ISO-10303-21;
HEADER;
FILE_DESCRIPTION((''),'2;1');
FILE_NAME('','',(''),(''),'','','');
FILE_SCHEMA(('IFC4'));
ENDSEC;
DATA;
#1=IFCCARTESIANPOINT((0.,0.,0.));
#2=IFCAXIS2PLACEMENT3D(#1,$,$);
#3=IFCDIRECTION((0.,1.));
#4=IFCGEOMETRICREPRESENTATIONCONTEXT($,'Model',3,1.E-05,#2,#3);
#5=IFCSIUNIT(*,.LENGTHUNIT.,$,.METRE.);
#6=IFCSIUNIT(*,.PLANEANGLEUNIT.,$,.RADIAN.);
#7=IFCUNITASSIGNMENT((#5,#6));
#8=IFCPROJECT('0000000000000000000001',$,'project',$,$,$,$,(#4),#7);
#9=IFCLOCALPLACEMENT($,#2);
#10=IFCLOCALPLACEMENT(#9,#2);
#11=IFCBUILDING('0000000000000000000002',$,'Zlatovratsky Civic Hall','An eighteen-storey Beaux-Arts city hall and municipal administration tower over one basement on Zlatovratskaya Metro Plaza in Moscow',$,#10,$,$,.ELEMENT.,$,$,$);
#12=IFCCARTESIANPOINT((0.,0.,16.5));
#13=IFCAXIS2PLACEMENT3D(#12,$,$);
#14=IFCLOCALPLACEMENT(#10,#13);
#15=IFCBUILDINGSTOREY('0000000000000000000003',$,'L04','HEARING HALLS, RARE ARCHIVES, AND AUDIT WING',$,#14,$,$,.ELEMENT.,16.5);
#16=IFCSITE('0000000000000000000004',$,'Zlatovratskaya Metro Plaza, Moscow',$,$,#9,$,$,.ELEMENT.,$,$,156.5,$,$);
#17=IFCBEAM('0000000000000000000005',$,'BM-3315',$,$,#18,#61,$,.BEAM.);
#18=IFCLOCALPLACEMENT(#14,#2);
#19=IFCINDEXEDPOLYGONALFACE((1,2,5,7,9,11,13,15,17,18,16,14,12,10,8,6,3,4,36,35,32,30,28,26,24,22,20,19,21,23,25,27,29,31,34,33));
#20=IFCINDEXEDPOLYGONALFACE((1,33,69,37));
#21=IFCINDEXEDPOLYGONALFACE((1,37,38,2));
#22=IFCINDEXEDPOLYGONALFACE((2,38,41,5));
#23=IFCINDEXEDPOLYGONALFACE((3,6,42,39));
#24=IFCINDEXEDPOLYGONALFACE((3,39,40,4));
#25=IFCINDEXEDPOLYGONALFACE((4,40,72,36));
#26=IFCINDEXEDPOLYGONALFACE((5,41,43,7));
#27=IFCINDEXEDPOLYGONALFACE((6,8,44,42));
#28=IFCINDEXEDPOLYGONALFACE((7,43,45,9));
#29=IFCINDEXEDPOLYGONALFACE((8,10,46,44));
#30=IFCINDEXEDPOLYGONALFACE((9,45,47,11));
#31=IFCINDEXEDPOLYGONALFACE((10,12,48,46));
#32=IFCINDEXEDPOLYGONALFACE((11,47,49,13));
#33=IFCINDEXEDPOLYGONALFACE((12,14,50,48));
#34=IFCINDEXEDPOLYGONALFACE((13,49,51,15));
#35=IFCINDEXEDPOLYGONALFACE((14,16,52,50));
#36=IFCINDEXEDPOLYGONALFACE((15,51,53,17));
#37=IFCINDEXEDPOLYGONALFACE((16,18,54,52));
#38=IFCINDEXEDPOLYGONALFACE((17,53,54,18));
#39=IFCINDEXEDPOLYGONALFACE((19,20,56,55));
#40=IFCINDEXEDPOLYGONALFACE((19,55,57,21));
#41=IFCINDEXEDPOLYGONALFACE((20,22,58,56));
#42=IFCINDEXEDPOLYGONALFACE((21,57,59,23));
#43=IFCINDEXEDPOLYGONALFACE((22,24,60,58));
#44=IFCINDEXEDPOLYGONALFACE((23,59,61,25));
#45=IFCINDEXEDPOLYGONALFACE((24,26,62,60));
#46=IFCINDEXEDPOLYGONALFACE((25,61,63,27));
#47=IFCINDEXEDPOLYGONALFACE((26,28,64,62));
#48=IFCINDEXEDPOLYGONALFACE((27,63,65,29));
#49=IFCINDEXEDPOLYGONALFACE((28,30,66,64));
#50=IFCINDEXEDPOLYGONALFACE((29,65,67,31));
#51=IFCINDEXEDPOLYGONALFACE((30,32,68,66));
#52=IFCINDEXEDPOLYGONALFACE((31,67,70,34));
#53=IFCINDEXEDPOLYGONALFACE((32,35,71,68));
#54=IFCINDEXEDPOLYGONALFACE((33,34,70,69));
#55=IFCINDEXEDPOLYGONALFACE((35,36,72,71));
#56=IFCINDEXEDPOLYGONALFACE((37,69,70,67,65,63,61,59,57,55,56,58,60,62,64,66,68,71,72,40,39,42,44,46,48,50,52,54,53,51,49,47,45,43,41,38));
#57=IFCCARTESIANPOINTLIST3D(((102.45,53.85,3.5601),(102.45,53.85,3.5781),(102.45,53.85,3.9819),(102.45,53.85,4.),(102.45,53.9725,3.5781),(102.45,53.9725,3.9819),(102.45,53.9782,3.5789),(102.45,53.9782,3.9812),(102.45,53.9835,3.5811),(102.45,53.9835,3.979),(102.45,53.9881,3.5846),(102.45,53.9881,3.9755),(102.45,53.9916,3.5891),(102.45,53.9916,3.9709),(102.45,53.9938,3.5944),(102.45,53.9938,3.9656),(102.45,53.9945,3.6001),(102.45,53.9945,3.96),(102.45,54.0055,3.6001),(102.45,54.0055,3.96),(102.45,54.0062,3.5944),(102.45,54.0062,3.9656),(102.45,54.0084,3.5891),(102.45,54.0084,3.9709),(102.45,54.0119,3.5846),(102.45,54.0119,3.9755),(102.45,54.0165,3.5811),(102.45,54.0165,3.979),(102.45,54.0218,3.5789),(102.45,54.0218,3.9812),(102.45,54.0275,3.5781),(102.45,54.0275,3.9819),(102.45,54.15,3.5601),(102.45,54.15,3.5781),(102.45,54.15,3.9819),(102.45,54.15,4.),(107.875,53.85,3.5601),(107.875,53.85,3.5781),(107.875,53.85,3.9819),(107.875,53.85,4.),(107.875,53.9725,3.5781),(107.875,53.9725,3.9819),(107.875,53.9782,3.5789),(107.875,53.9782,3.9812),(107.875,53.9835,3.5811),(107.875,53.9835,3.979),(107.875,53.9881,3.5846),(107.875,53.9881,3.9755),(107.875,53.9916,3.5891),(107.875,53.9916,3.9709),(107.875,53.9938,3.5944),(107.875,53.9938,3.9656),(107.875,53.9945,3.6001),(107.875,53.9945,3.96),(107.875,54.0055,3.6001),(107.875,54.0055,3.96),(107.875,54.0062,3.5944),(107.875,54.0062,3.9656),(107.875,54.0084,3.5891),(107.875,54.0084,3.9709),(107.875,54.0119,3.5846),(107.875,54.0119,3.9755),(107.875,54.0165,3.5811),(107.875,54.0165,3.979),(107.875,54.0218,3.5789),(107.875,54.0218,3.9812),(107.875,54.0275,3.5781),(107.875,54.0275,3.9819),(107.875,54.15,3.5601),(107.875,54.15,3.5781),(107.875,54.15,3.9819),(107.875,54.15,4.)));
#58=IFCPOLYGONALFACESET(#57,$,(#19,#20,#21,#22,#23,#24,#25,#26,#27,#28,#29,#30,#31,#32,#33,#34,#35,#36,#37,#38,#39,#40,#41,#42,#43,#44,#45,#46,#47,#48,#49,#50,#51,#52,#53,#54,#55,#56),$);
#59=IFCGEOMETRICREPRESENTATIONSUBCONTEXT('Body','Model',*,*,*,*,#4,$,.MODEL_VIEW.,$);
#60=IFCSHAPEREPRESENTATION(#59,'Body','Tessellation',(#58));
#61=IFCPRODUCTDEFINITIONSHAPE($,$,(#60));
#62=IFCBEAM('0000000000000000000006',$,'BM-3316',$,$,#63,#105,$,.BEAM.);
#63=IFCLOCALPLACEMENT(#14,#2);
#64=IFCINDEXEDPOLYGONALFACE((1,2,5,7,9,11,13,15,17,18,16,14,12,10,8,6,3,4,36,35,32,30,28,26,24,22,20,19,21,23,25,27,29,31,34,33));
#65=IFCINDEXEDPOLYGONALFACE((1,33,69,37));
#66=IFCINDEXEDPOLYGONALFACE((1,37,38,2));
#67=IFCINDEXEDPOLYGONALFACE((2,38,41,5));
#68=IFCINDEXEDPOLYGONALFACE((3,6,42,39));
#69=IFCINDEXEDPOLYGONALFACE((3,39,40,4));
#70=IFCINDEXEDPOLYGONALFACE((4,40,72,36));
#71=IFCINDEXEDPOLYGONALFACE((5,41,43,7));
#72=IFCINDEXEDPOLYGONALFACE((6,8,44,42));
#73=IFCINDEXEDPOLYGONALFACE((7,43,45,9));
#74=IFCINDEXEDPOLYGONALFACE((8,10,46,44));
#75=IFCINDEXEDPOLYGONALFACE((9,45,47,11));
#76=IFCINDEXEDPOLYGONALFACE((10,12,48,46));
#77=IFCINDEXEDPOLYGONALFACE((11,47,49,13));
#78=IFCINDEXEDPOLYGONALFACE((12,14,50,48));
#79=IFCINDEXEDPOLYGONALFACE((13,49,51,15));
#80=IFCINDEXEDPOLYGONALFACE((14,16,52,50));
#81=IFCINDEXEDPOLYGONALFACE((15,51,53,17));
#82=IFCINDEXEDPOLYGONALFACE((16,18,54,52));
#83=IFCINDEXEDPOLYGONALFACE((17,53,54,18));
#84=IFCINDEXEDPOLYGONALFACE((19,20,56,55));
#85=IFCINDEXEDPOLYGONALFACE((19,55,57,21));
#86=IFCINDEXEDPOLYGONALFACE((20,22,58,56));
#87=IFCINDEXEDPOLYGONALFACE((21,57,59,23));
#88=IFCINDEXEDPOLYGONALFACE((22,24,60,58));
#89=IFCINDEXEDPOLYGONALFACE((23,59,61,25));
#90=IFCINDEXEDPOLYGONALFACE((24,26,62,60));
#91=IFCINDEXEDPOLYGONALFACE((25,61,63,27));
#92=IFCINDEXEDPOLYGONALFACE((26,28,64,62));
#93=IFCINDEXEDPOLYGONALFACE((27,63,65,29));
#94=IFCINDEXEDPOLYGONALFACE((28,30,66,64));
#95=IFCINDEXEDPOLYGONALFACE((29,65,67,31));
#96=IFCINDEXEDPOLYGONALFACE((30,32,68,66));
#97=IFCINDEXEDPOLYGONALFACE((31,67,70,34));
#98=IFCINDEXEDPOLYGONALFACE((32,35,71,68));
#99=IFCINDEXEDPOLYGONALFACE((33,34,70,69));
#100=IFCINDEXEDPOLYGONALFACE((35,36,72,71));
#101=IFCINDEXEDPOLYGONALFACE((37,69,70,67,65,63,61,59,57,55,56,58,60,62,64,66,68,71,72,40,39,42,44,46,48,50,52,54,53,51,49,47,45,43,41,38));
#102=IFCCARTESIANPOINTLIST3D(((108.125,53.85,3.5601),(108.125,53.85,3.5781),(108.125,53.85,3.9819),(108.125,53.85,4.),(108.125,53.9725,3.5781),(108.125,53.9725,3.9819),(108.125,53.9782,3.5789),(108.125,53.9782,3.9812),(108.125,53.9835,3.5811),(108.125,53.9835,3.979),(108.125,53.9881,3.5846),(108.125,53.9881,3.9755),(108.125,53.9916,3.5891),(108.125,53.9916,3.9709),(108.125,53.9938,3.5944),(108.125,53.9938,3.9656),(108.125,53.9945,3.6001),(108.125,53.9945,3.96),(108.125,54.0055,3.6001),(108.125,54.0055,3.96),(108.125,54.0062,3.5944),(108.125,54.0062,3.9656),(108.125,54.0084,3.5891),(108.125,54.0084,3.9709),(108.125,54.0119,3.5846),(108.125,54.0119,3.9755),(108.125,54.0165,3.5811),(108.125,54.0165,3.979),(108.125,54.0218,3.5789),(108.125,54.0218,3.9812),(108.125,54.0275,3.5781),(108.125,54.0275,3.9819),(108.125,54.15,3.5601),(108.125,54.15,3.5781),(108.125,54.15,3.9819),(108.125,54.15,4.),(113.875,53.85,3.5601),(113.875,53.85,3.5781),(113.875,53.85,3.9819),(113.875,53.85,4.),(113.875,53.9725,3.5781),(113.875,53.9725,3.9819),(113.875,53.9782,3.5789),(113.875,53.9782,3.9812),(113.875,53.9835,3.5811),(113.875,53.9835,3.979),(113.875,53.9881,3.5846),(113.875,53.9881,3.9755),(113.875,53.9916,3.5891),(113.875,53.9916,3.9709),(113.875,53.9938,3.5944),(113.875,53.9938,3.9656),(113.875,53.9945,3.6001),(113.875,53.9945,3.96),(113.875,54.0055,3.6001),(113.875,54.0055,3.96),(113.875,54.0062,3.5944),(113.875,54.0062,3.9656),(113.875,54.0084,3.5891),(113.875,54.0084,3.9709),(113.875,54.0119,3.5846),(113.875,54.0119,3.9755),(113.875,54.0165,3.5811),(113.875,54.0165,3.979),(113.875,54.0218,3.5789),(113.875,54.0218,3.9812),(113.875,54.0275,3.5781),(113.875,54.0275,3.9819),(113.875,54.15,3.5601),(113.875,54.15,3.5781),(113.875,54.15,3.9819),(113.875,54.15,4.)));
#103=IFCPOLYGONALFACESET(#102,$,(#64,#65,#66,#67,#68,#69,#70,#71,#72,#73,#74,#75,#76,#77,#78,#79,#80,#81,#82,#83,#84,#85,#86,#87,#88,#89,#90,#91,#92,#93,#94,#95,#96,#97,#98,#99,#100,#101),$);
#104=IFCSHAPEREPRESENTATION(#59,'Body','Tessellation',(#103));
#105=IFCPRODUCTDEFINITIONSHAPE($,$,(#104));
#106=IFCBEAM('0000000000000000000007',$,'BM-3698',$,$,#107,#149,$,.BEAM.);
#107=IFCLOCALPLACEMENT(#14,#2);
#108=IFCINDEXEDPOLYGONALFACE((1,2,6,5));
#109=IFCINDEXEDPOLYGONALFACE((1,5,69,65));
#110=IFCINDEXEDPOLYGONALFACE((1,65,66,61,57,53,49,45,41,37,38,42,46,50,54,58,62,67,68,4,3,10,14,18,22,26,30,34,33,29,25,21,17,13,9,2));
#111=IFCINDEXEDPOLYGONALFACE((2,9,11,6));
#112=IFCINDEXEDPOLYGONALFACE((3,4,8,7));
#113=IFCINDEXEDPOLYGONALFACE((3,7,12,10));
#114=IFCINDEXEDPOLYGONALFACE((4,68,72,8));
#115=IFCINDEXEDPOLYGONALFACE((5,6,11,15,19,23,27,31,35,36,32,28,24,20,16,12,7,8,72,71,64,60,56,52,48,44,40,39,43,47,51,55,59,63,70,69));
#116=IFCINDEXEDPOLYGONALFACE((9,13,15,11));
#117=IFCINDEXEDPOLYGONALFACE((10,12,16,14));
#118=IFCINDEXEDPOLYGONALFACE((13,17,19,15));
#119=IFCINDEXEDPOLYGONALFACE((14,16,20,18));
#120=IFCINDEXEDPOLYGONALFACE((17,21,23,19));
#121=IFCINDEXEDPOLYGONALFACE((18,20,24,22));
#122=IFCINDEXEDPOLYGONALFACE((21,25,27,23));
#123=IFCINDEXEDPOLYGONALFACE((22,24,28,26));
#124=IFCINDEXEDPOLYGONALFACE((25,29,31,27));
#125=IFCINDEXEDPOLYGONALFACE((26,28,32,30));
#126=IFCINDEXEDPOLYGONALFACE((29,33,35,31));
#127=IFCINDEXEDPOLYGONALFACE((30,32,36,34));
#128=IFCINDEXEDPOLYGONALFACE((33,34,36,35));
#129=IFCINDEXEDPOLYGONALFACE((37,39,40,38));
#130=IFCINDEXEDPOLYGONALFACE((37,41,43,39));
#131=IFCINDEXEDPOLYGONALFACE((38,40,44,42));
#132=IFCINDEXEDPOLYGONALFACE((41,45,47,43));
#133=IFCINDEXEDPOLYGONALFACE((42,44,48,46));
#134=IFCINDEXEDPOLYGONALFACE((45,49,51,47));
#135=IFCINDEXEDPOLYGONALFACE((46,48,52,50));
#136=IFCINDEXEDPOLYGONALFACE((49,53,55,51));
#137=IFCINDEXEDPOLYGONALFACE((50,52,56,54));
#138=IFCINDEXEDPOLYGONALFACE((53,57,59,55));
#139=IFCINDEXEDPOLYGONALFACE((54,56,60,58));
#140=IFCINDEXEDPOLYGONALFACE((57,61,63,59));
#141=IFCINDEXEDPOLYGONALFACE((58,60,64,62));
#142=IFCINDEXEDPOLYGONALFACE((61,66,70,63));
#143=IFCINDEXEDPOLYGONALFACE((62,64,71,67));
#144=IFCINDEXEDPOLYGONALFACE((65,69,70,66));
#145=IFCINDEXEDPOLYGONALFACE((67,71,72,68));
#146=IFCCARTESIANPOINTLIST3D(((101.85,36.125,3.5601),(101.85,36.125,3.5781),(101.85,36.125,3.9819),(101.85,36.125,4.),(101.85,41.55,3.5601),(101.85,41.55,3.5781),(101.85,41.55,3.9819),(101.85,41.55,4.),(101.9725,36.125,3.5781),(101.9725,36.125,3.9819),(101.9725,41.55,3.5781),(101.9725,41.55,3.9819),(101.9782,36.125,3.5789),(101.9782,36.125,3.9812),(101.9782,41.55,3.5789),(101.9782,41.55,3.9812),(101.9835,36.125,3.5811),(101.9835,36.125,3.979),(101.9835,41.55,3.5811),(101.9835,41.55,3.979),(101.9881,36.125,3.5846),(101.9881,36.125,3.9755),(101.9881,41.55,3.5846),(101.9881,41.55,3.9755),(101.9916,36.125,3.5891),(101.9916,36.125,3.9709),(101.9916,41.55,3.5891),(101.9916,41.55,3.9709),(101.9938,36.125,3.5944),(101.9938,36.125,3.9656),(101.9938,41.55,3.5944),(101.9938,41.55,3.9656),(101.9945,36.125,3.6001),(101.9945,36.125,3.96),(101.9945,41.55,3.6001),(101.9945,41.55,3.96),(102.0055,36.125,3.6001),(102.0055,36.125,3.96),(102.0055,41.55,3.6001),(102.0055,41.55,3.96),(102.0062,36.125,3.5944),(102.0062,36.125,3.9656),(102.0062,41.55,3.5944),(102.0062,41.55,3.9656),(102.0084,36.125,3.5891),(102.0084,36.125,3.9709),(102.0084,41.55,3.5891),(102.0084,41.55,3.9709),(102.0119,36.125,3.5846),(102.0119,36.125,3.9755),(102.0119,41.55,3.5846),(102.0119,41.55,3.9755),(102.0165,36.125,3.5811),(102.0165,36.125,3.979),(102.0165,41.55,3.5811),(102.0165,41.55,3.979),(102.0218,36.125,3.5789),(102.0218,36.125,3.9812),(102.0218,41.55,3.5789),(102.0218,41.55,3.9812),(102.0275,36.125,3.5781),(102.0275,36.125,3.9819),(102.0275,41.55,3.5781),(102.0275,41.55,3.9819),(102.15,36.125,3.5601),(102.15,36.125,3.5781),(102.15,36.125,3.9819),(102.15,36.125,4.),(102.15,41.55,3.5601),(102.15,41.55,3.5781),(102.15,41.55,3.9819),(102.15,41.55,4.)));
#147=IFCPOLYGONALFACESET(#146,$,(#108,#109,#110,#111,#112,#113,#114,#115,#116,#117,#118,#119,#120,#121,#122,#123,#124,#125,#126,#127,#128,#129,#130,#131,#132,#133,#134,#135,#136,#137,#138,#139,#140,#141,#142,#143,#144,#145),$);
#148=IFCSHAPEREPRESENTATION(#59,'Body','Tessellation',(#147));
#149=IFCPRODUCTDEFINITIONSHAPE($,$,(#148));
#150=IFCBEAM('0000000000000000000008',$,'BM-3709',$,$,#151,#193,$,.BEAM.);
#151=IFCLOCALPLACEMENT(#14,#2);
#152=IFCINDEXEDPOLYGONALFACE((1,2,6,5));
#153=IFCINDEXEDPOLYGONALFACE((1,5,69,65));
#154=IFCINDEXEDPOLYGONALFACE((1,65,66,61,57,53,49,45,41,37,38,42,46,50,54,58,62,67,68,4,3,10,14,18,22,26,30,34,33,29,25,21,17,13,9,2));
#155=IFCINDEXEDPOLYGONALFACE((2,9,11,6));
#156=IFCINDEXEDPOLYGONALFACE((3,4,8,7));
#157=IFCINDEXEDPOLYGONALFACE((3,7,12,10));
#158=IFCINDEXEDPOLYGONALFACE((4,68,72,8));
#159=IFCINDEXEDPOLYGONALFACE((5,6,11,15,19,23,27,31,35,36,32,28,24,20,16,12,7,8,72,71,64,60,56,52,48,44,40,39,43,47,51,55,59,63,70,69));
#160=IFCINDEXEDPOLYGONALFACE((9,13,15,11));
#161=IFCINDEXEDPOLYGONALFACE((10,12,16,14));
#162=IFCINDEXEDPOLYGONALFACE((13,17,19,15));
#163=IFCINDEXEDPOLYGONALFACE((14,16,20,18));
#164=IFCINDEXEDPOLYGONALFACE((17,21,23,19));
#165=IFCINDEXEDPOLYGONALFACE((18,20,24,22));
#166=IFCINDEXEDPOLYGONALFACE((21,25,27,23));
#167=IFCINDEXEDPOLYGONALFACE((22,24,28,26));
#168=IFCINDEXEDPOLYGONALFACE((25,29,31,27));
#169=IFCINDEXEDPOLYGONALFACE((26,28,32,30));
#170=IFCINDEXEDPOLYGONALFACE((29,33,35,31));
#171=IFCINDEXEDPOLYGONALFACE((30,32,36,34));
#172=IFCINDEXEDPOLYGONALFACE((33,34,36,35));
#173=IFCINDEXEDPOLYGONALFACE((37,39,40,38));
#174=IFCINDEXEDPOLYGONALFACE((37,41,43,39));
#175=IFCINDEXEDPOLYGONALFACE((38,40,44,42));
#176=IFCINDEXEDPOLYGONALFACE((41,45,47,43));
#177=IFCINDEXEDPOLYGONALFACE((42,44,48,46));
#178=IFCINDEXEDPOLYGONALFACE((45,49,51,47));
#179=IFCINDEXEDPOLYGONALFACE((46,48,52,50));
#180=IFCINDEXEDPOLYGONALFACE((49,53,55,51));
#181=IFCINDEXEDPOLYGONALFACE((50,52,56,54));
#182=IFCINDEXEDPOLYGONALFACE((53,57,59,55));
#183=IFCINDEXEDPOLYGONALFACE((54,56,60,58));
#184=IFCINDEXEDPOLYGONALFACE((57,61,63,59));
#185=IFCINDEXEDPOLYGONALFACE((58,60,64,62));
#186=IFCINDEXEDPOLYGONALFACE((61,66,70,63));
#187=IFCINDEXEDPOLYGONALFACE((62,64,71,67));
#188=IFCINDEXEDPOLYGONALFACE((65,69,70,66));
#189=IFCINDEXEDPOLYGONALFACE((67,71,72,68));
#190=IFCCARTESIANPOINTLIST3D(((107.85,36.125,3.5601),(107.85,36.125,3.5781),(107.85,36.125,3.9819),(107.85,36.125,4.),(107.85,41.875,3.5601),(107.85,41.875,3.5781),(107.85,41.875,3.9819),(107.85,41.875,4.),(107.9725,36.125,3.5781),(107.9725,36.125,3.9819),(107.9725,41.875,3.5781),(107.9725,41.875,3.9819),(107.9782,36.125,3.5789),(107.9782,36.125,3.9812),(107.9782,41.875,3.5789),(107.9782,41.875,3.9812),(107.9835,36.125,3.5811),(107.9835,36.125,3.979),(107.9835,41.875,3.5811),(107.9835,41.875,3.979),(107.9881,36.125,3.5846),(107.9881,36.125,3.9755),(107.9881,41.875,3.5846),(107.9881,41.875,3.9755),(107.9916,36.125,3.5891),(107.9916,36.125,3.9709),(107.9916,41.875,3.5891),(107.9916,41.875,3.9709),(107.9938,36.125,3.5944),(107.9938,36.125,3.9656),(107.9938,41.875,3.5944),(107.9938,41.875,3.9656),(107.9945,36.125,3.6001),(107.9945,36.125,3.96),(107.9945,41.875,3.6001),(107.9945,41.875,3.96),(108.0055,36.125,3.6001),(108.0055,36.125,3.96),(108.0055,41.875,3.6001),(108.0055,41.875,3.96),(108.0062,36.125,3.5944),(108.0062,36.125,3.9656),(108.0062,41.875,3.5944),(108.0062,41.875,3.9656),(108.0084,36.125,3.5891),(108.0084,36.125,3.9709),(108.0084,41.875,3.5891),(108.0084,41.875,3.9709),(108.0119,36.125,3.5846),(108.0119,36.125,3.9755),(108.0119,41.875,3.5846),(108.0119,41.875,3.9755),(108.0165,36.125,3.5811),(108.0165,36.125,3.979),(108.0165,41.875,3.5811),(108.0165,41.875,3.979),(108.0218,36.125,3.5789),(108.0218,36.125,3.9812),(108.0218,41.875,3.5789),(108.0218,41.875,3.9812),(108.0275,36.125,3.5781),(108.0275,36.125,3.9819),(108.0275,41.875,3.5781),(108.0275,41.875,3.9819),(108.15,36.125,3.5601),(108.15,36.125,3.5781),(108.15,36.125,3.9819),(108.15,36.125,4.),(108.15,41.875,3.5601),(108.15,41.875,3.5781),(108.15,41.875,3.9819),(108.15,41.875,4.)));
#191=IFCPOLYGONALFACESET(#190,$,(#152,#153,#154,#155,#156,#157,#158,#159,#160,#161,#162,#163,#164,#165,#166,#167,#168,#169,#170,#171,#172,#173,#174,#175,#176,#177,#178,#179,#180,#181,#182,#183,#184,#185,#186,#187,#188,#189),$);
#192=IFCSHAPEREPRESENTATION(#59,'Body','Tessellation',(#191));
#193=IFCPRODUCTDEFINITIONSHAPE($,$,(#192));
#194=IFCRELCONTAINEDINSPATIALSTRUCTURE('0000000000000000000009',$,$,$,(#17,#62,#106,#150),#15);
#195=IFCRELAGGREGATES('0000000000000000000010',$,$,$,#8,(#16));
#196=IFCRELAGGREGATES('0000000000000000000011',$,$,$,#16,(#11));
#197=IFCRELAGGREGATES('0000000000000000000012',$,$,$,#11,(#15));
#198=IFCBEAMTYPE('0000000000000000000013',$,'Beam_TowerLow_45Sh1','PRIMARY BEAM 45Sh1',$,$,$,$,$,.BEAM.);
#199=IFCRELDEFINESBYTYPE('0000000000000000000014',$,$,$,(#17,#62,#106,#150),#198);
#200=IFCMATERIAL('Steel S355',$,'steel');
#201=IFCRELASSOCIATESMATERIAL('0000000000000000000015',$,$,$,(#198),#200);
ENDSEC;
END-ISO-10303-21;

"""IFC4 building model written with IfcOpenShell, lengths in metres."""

from ifc_helpers import new_model, si_unit, direction, frame, origin, origin_2d, place, context, subcontext, project, spatial, i_section, extrude, material, material_profile, profile_set, type_object, element, save


model = new_model("IFC4")

# Units and contexts
model_context = context("Model", 3, precision=1e-05, world=origin(), true_north=direction((0.0, 1.0)))
body_context = subcontext(model_context, "Body", "Model", "MODEL_VIEW")
ifc_project = project(units=[si_unit("LENGTHUNIT", "METRE"), si_unit("PLANEANGLEUNIT", "RADIAN")], contexts=[model_context])

# Site, building, storey
site_placement = place(None, origin())
site = spatial("IfcSite", under=ifc_project, at=site_placement, Name="Zlatovratskaya Metro Plaza, Moscow", CompositionType="ELEMENT", RefElevation=156.5)
building_placement = place(site_placement, origin())
building = spatial("IfcBuilding", under=site, at=building_placement, Name="Zlatovratsky Civic Hall", Description="An eighteen-storey Beaux-Arts city hall and municipal administration tower over one basement on Zlatovratskaya Metro Plaza in Moscow", CompositionType="ELEMENT")
storey_placement = place(building_placement, frame((0.0, 0.0, 16.5)))
storey = spatial("IfcBuildingStorey", under=building, at=storey_placement, Name="L04", Description="HEARING HALLS, RARE ARCHIVES, AND AUDIT WING", CompositionType="ELEMENT", Elevation=16.5)

# Shared definitions
ifc_material_1 = material(Name="Steel S355", Category="steel")

# Beams
ifc_material_profile_1 = material_profile(ifc_material_1, i_section(OverallWidth=0.3, OverallDepth=0.4399, WebThickness=0.011, FlangeThickness=0.0181, FilletRadius=0.022, at=origin_2d()), Name="45Sh1")
ifc_profile_set_1 = profile_set([ifc_material_profile_1], Name="Steel S355")
beam_type_1 = type_object("IfcBeamType", Name="Beam_TowerLow_45Sh1", Description="PRIMARY BEAM 45Sh1", PredefinedType="BEAM", material=ifc_profile_set_1)
beam_1_placement = place(storey_placement, frame((102.45, 54.0, 3.78), z_axis=(1.0, 0.0, 0.0), x_axis=(0.0, 1.0, 0.0)))
element("IfcBeam", 1, at=beam_1_placement, inside=storey, type_object=beam_type_1, Name="BM-3315", PredefinedType="BEAM", context=body_context, shape_type="SweptSolid", body=[
    extrude(i_section(OverallWidth=0.3, OverallDepth=0.4399, WebThickness=0.011, FlangeThickness=0.0181, FilletRadius=0.022, at=origin_2d()), origin(), (0.0, 0.0, 1.0), 5.425),
])
beam_2_placement = place(storey_placement, frame((108.125, 54.0, 3.78), z_axis=(1.0, 0.0, 0.0), x_axis=(0.0, 1.0, 0.0)))
element("IfcBeam", 2, at=beam_2_placement, inside=storey, type_object=beam_type_1, Name="BM-3316", PredefinedType="BEAM", context=body_context, shape_type="SweptSolid", body=[
    extrude(i_section(OverallWidth=0.3, OverallDepth=0.4399, WebThickness=0.011, FlangeThickness=0.0181, FilletRadius=0.022, at=origin_2d()), origin(), (0.0, 0.0, 1.0), 5.75),
])
beam_3_placement = place(storey_placement, frame((102.0, 36.125, 3.78), z_axis=(0.0, 1.0, 0.0), x_axis=(-1.0, 0.0, 0.0)))
element("IfcBeam", 3, at=beam_3_placement, inside=storey, type_object=beam_type_1, Name="BM-3698", PredefinedType="BEAM", context=body_context, shape_type="SweptSolid", body=[
    extrude(i_section(OverallWidth=0.3, OverallDepth=0.4399, WebThickness=0.011, FlangeThickness=0.0181, FilletRadius=0.022, at=origin_2d()), origin(), (0.0, 0.0, 1.0), 5.425),
])
for number, where, z_axis, x_axis, name in (
    (4, (108.0, 36.125, 3.78), (0.0, 1.0, 0.0), (-1.0, 0.0, 0.0), "BM-3709"),
):
    element("IfcBeam", number, at=place(storey_placement, frame(where, z_axis=z_axis, x_axis=x_axis)), inside=storey, type_object=beam_type_1, Name=name, PredefinedType="BEAM", context=body_context, shape_type="SweptSolid", body=[
        extrude(i_section(OverallWidth=0.3, OverallDepth=0.4399, WebThickness=0.011, FlangeThickness=0.0181, FilletRadius=0.022, at=origin_2d()), origin(), (0.0, 0.0, 1.0), 5.75),
    ])

save(model, "model.ifc")
